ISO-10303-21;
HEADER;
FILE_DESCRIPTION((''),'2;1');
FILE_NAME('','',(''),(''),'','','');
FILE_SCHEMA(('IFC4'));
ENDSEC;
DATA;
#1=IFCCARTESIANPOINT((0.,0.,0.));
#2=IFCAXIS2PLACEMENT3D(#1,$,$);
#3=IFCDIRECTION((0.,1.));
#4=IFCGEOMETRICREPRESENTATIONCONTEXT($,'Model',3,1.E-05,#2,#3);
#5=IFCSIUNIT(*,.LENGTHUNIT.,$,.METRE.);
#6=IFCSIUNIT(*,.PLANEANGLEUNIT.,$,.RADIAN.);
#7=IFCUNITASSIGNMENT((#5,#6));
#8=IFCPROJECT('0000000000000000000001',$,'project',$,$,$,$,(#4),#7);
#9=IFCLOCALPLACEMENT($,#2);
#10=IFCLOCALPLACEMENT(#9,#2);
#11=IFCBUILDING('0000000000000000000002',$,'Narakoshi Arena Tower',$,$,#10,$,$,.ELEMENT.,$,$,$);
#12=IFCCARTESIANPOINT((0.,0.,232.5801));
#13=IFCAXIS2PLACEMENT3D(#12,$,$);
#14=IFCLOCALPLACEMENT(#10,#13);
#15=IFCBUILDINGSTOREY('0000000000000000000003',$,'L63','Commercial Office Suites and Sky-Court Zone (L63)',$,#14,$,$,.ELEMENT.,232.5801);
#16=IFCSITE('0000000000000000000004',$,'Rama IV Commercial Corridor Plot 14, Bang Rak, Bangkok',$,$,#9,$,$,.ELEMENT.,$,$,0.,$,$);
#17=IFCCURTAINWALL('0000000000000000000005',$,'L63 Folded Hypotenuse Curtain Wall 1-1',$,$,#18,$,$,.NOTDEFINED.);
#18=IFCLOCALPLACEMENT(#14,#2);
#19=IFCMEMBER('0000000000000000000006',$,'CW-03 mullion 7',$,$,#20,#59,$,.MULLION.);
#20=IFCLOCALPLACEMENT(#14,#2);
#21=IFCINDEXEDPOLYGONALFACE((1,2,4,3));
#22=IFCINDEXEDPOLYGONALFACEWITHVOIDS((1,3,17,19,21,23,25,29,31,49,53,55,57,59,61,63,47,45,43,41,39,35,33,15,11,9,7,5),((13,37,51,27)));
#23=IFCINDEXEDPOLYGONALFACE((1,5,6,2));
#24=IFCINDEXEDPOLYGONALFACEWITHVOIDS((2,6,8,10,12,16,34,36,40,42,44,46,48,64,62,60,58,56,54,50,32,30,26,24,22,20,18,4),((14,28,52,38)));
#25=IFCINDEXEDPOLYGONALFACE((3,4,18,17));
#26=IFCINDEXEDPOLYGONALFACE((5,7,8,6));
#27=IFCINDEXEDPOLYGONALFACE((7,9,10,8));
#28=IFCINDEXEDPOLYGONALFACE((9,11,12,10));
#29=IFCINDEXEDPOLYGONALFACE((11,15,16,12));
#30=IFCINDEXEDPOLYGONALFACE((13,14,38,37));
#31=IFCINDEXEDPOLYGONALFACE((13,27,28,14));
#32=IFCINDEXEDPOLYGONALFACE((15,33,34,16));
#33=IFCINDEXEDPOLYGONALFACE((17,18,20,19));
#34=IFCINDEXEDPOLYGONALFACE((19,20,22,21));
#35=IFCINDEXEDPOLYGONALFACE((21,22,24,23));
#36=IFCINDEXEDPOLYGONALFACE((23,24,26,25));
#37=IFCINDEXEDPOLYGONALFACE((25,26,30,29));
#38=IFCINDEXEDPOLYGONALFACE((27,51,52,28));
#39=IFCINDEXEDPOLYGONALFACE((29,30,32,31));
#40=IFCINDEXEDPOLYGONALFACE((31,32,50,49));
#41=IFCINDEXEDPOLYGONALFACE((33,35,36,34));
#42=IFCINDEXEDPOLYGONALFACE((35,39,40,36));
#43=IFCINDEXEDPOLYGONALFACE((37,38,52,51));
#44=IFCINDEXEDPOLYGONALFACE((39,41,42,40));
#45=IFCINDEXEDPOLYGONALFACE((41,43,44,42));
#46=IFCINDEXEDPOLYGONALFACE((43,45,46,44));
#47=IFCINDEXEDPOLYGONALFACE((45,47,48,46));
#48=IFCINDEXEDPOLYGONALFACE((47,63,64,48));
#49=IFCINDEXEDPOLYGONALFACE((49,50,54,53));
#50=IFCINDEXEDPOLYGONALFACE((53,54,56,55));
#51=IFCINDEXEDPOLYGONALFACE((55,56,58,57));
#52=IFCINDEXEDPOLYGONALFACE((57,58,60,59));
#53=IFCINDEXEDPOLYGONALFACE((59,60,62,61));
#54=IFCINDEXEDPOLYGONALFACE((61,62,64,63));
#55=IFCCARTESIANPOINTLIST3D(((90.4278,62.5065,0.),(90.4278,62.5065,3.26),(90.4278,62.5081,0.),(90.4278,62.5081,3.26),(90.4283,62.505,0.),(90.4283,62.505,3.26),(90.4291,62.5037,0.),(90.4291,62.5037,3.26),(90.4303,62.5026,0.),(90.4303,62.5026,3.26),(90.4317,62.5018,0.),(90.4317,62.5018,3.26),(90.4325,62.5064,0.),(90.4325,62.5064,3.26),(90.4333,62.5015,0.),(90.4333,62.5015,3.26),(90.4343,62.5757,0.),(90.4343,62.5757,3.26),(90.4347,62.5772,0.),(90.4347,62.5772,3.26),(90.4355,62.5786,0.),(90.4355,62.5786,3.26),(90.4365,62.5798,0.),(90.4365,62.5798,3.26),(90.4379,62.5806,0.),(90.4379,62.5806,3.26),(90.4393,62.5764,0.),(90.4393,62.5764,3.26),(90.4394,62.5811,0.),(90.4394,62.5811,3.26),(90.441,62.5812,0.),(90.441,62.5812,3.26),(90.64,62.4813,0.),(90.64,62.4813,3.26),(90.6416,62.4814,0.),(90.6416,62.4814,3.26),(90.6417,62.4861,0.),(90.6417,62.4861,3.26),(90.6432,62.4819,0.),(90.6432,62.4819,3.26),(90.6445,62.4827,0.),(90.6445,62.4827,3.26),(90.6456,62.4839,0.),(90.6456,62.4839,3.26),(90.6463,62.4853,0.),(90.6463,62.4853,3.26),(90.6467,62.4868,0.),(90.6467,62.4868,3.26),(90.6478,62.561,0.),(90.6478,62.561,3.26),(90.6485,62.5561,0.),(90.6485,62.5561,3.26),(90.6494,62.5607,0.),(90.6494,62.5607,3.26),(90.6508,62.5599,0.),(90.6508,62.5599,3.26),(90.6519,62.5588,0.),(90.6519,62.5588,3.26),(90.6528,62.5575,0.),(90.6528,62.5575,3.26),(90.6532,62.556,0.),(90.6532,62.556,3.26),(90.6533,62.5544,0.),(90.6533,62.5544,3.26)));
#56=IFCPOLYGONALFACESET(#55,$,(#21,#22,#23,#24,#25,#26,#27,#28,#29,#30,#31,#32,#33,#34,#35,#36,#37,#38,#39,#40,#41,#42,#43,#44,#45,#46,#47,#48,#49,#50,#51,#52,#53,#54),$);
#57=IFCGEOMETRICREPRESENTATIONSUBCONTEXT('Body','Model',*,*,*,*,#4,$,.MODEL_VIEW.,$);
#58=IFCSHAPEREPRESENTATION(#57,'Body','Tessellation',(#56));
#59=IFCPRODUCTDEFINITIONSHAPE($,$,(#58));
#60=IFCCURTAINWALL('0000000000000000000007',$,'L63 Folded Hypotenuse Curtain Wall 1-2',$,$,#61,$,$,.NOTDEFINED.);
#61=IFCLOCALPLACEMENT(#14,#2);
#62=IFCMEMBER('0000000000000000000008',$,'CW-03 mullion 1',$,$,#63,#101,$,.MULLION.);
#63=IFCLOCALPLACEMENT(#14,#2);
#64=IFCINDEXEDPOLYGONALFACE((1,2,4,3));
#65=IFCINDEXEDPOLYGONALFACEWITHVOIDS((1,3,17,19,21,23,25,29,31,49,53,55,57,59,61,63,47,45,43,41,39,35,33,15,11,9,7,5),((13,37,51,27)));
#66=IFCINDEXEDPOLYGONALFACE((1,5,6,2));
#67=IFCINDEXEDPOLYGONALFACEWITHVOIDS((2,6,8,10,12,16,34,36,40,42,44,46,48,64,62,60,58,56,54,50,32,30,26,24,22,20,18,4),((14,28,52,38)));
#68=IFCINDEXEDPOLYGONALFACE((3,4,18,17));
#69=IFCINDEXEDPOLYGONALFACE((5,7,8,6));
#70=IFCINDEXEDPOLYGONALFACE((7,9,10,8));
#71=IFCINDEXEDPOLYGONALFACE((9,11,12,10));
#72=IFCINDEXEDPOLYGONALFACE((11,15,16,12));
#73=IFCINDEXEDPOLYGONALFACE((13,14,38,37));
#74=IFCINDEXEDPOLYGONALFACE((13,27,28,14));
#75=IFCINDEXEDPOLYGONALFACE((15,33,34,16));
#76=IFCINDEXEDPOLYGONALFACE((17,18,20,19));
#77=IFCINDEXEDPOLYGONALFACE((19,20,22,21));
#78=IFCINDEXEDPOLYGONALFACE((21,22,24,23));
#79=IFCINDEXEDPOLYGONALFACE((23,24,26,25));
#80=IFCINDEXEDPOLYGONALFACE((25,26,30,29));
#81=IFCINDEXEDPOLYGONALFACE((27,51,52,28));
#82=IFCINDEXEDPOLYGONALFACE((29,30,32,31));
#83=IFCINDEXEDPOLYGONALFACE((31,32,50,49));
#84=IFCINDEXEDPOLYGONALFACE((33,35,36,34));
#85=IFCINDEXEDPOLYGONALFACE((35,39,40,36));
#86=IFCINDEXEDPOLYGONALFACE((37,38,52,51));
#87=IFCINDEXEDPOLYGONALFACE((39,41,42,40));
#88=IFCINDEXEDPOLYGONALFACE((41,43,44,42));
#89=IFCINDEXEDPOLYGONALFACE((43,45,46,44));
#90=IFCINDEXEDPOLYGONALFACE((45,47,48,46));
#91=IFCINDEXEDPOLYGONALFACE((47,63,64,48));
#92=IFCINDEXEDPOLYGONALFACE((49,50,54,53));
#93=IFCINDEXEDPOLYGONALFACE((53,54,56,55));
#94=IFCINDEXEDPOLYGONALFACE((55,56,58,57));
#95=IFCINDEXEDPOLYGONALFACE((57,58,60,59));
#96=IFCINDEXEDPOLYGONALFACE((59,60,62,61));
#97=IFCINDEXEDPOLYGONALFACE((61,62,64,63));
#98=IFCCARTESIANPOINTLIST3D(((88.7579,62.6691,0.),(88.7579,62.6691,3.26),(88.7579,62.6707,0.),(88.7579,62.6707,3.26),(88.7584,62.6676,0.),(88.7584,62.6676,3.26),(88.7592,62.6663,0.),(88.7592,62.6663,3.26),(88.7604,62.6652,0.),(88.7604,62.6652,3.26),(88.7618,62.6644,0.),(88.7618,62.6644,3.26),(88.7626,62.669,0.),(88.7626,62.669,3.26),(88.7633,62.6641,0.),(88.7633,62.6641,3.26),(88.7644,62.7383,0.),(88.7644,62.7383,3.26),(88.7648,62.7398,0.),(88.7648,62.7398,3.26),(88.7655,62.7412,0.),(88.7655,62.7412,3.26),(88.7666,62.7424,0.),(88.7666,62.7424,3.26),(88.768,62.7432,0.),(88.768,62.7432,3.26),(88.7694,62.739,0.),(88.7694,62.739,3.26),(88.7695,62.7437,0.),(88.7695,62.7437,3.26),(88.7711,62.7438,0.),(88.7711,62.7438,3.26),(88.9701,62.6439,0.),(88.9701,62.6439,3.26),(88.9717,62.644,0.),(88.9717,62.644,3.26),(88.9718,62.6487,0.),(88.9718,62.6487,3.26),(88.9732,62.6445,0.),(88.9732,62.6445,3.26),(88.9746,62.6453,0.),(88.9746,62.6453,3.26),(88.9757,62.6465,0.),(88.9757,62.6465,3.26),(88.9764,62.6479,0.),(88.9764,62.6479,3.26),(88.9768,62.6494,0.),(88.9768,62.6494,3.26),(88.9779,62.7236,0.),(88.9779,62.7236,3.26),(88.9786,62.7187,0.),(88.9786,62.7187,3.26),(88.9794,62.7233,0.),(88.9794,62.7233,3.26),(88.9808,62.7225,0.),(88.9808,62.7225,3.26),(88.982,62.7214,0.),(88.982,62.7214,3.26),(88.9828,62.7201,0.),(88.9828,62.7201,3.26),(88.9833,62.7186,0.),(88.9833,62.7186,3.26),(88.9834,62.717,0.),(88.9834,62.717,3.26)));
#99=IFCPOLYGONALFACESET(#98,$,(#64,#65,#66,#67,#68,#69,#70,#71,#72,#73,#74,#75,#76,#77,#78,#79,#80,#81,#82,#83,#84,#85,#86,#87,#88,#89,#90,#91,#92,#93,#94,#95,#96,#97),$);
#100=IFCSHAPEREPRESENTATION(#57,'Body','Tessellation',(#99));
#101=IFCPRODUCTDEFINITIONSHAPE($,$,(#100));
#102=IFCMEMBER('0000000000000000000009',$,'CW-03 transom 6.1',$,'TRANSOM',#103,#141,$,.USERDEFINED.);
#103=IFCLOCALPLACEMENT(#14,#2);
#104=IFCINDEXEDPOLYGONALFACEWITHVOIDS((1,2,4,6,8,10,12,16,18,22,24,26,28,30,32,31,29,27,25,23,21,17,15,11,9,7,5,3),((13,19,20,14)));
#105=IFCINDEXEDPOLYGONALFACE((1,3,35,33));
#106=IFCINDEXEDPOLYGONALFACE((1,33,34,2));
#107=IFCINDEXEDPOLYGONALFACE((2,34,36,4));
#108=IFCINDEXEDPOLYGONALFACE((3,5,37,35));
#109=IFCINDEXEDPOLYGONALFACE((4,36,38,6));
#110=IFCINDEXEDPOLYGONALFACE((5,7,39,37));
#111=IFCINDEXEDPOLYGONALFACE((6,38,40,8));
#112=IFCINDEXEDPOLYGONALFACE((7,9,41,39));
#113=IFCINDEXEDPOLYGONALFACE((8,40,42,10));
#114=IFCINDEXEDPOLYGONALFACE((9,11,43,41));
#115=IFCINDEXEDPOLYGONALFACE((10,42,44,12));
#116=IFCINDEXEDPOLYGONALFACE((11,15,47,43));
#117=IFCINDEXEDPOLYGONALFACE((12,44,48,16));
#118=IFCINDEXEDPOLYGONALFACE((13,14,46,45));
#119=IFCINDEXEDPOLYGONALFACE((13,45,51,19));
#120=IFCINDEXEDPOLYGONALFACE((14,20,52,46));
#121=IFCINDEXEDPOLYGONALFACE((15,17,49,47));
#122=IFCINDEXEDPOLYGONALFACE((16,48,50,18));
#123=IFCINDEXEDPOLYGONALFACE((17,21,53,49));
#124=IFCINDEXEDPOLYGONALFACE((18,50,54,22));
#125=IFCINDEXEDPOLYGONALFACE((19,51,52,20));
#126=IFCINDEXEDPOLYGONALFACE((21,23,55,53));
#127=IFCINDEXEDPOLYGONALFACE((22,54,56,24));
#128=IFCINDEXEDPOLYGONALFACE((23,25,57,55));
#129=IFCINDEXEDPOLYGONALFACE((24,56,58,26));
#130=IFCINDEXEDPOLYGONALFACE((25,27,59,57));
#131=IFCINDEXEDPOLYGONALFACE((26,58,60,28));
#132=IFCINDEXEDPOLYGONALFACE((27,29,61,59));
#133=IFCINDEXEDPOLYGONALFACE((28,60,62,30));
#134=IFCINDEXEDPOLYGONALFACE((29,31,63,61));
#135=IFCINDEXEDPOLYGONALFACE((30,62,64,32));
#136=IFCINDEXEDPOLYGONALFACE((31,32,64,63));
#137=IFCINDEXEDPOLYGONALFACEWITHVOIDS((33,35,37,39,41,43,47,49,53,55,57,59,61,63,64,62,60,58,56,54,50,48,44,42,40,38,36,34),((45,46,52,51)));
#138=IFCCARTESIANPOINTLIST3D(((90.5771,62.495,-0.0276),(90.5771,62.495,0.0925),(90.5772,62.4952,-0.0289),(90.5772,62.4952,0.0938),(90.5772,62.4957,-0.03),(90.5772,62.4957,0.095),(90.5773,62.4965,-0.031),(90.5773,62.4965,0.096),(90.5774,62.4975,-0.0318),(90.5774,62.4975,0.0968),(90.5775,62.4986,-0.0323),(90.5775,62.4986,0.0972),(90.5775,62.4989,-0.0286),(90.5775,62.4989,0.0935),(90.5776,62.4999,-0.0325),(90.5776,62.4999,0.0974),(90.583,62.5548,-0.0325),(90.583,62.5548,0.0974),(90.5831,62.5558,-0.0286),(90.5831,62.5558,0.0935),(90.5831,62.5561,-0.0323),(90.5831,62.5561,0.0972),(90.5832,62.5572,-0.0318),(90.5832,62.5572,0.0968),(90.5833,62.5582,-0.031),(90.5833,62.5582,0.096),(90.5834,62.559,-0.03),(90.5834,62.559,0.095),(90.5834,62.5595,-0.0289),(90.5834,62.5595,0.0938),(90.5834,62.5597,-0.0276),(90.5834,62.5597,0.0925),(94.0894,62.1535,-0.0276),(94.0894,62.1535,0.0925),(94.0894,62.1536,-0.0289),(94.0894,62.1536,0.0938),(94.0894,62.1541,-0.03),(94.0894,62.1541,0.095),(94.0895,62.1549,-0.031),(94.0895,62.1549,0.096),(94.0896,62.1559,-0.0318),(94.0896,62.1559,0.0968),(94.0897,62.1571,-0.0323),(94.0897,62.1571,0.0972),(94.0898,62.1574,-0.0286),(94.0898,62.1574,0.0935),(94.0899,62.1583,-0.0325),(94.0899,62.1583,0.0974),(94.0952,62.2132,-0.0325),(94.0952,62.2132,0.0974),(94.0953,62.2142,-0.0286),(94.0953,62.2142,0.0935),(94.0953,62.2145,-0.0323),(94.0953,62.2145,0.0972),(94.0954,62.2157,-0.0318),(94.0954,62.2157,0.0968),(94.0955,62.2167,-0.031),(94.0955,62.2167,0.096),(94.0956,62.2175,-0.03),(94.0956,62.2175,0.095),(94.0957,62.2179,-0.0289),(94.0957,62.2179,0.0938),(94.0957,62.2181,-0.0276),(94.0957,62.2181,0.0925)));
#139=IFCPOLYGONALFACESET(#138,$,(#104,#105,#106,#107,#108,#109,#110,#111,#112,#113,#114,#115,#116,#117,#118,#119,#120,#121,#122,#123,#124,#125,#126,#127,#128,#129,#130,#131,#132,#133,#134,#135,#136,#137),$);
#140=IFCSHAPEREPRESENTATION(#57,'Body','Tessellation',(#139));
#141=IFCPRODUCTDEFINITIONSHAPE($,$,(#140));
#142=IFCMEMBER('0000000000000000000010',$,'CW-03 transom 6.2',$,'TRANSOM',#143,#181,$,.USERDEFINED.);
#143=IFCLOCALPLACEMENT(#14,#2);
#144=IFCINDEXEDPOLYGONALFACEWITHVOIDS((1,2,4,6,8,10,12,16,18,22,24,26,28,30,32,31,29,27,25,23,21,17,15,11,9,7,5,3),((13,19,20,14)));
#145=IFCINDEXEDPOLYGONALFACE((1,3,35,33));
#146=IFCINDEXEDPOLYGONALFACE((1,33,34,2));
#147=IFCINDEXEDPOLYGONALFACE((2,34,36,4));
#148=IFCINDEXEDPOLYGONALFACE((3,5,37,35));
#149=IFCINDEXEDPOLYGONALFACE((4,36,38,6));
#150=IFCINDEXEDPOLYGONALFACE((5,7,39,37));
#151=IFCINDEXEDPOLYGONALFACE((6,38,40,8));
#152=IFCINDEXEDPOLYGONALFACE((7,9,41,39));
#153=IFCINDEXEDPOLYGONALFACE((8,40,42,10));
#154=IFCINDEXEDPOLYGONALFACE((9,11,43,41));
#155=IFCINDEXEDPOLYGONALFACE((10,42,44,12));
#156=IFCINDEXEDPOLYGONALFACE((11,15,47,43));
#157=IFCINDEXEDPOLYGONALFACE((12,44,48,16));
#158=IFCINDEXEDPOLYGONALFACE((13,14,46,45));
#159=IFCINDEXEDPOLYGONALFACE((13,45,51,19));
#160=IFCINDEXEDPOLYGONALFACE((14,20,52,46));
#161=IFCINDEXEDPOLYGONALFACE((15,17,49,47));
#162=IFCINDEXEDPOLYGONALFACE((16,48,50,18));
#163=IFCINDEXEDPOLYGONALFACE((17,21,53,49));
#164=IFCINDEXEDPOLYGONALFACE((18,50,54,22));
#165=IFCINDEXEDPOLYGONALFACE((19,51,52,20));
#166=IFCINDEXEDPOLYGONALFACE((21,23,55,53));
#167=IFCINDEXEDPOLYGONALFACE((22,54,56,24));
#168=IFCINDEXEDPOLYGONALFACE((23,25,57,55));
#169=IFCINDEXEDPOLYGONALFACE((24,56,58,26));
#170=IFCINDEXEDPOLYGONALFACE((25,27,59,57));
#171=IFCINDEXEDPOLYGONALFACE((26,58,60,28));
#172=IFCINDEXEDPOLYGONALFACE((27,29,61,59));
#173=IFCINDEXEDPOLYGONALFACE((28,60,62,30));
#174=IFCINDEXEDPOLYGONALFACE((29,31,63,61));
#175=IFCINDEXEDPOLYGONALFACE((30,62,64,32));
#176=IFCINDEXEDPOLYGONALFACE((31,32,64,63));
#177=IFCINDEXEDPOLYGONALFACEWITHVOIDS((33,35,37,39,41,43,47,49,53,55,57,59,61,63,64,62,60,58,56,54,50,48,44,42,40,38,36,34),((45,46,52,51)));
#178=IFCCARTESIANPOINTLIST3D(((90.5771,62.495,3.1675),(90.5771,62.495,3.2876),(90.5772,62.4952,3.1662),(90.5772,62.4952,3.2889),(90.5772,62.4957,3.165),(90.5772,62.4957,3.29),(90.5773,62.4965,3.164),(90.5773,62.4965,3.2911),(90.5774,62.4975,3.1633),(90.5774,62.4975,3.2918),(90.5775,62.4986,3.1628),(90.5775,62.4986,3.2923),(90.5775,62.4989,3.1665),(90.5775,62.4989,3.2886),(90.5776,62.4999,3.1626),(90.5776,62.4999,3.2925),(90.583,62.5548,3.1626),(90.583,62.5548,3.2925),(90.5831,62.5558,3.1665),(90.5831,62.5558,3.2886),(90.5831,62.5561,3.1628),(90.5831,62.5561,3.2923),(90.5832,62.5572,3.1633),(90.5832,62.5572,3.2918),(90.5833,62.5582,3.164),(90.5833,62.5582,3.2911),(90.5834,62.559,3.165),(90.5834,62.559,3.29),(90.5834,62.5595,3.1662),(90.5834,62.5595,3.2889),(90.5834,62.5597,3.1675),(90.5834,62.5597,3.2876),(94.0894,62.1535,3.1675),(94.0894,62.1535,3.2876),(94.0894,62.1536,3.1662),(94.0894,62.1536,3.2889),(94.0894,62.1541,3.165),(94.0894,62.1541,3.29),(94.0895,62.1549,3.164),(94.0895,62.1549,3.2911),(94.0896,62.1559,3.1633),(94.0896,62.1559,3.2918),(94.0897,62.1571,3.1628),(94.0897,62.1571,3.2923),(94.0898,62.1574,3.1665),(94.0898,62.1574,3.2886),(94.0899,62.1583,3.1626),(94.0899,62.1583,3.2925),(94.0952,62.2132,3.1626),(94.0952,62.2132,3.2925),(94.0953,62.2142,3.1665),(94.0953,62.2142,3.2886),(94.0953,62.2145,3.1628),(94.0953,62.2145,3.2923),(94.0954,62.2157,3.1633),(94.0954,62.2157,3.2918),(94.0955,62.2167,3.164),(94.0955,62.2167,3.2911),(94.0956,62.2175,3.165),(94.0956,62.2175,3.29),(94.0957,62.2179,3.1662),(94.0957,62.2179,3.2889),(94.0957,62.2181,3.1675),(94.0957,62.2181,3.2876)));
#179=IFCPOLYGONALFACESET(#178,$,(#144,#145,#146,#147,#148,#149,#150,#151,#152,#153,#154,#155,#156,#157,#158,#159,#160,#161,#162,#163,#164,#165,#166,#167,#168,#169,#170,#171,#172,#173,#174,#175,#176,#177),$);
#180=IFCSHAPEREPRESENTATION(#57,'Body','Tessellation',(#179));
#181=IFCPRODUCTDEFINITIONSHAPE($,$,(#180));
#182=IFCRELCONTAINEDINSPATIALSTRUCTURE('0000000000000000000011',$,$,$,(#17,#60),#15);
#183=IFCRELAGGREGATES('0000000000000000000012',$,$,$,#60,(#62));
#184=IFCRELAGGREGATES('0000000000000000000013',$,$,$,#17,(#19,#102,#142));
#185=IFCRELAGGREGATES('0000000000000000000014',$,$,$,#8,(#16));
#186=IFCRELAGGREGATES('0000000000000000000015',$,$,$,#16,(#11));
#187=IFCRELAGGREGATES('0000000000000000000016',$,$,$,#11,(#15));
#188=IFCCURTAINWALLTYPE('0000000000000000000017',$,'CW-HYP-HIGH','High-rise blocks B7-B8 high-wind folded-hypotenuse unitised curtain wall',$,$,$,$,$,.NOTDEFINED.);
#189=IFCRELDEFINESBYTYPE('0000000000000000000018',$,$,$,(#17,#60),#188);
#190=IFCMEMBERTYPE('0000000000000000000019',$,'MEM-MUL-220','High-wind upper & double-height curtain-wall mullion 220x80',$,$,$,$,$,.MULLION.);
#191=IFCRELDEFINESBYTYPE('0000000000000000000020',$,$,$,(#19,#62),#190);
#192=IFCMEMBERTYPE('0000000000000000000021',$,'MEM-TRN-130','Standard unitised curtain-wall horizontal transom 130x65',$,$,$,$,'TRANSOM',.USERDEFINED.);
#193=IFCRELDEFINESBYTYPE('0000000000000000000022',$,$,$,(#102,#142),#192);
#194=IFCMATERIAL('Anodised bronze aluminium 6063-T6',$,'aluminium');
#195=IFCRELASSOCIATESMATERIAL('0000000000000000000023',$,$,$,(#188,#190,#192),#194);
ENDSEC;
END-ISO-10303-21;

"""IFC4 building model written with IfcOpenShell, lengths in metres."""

from ifc_helpers import new_model, si_unit, direction, frame, origin, origin_2d, place, context, subcontext, project, spatial, hollow_rectangle, extrude, material, material_profile, profile_set, type_object, element, aggregate, save


model = new_model("IFC4")

# Units and contexts
model_context = context("Model", 3, precision=1e-05, world=origin(), true_north=direction((0.0, 1.0)))
body_context = subcontext(model_context, "Body", "Model", "MODEL_VIEW")
ifc_project = project(units=[si_unit("LENGTHUNIT", "METRE"), si_unit("PLANEANGLEUNIT", "RADIAN")], contexts=[model_context])

# Site, building, storey
site_placement = place(None, origin())
site = spatial("IfcSite", under=ifc_project, at=site_placement, Name="Rama IV Commercial Corridor Plot 14, Bang Rak, Bangkok", CompositionType="ELEMENT", RefElevation=0.0)
building_placement = place(site_placement, origin())
building = spatial("IfcBuilding", under=site, at=building_placement, Name="Narakoshi Arena Tower", CompositionType="ELEMENT")
storey_placement = place(building_placement, frame((0.0, 0.0, 232.5801)))
storey = spatial("IfcBuildingStorey", under=building, at=storey_placement, Name="L63", Description="Commercial Office Suites and Sky-Court Zone (L63)", CompositionType="ELEMENT", Elevation=232.5801)

# Curtain wall, member
ifc_material_1 = material(Name="Anodised bronze aluminium 6063-T6", Category="aluminium")
curtain_wall_type = type_object("IfcCurtainWallType", Name="CW-HYP-HIGH", Description="High-rise blocks B7-B8 high-wind folded-hypotenuse unitised curtain wall", PredefinedType="NOTDEFINED", material=ifc_material_1)
curtain_wall_1_placement = place(storey_placement, origin())
curtain_wall_1 = element("IfcCurtainWall", 1, at=curtain_wall_1_placement, inside=storey, type_object=curtain_wall_type, Name="L63 Folded Hypotenuse Curtain Wall 1-1", PredefinedType="NOTDEFINED")
ifc_material_profile_1 = material_profile(ifc_material_1, hollow_rectangle(XDim=0.0801, YDim=0.22, WallThickness=0.0049, OuterFilletRadius=0.0061, at=origin_2d()), Name="MUL220x80x5")
ifc_profile_set_1 = profile_set([ifc_material_profile_1], Name="Anodised bronze aluminium 6063-T6")
member_type_1 = type_object("IfcMemberType", Name="MEM-MUL-220", Description="High-wind upper & double-height curtain-wall mullion 220x80", PredefinedType="MULLION", material=ifc_profile_set_1)
member_1_placement = place(storey_placement, frame((90.5405, 62.5312, 0.0), z_axis=(0.0, 0.0, 1.0), x_axis=(-0.096851, -0.995299, 0.0)))
member_1 = element("IfcMember", 2, at=member_1_placement, type_object=member_type_1, Name="CW-03 mullion 7", PredefinedType="MULLION", context=body_context, shape_type="SweptSolid", body=[
    extrude(hollow_rectangle(XDim=0.0801, YDim=0.22, WallThickness=0.0049, OuterFilletRadius=0.0061, at=origin_2d()), origin(), (0.0, 0.0, 1.0), 3.26),
])

# Curtain wall, member
curtain_wall_2_placement = place(storey_placement, origin())
curtain_wall_2 = element("IfcCurtainWall", 3, at=curtain_wall_2_placement, inside=storey, type_object=curtain_wall_type, Name="L63 Folded Hypotenuse Curtain Wall 1-2", PredefinedType="NOTDEFINED")
member_2_placement = place(storey_placement, frame((88.8706, 62.6938, 0.0), z_axis=(0.0, 0.0, 1.0), x_axis=(-0.096843, -0.9953, 0.0)))
member_2 = element("IfcMember", 4, at=member_2_placement, type_object=member_type_1, Name="CW-03 mullion 1", PredefinedType="MULLION", context=body_context, shape_type="SweptSolid", body=[
    extrude(hollow_rectangle(XDim=0.0801, YDim=0.22, WallThickness=0.0049, OuterFilletRadius=0.0061, at=origin_2d()), origin(), (0.0, 0.0, 1.0), 3.26),
])

# Members
ifc_material_profile_2 = material_profile(ifc_material_1, hollow_rectangle(XDim=0.0649, YDim=0.1299, WallThickness=0.0039, OuterFilletRadius=0.0049, at=origin_2d()), Name="TRN130x65x4")
ifc_profile_set_2 = profile_set([ifc_material_profile_2], Name="Anodised bronze aluminium 6063-T6")
member_type_2 = type_object("IfcMemberType", Name="MEM-TRN-130", Description="Standard unitised curtain-wall horizontal transom 130x65", ElementType="TRANSOM", PredefinedType="USERDEFINED", material=ifc_profile_set_2)
member_3_placement = place(storey_placement, frame((94.0925, 62.1858, 0.0325), z_axis=(-0.995305, 0.096791, 0.0), x_axis=(-0.096791, -0.995305, 0.0)))
member_3 = element("IfcMember", 5, at=member_3_placement, type_object=member_type_2, Name="CW-03 transom 6.1", ObjectType="TRANSOM", PredefinedType="USERDEFINED", context=body_context, shape_type="SweptSolid", body=[
    extrude(hollow_rectangle(XDim=0.0649, YDim=0.1299, WallThickness=0.0039, OuterFilletRadius=0.0049, at=origin_2d()), origin(), (0.0, 0.0, 1.0), 3.5288),
])
member_4_placement = place(storey_placement, frame((94.0925, 62.1858, 3.2275), z_axis=(-0.995305, 0.096791, 0.0), x_axis=(-0.096791, -0.995305, 0.0)))
member_4 = element("IfcMember", 6, at=member_4_placement, type_object=member_type_2, Name="CW-03 transom 6.2", ObjectType="TRANSOM", PredefinedType="USERDEFINED", context=body_context, shape_type="SweptSolid", body=[
    extrude(hollow_rectangle(XDim=0.0649, YDim=0.1299, WallThickness=0.0039, OuterFilletRadius=0.0049, at=origin_2d()), origin(), (0.0, 0.0, 1.0), 3.5288),
])
aggregate(curtain_wall_2, [member_2])

aggregate(curtain_wall_1, [member_1, member_3, member_4])

save(model, "model.ifc")
